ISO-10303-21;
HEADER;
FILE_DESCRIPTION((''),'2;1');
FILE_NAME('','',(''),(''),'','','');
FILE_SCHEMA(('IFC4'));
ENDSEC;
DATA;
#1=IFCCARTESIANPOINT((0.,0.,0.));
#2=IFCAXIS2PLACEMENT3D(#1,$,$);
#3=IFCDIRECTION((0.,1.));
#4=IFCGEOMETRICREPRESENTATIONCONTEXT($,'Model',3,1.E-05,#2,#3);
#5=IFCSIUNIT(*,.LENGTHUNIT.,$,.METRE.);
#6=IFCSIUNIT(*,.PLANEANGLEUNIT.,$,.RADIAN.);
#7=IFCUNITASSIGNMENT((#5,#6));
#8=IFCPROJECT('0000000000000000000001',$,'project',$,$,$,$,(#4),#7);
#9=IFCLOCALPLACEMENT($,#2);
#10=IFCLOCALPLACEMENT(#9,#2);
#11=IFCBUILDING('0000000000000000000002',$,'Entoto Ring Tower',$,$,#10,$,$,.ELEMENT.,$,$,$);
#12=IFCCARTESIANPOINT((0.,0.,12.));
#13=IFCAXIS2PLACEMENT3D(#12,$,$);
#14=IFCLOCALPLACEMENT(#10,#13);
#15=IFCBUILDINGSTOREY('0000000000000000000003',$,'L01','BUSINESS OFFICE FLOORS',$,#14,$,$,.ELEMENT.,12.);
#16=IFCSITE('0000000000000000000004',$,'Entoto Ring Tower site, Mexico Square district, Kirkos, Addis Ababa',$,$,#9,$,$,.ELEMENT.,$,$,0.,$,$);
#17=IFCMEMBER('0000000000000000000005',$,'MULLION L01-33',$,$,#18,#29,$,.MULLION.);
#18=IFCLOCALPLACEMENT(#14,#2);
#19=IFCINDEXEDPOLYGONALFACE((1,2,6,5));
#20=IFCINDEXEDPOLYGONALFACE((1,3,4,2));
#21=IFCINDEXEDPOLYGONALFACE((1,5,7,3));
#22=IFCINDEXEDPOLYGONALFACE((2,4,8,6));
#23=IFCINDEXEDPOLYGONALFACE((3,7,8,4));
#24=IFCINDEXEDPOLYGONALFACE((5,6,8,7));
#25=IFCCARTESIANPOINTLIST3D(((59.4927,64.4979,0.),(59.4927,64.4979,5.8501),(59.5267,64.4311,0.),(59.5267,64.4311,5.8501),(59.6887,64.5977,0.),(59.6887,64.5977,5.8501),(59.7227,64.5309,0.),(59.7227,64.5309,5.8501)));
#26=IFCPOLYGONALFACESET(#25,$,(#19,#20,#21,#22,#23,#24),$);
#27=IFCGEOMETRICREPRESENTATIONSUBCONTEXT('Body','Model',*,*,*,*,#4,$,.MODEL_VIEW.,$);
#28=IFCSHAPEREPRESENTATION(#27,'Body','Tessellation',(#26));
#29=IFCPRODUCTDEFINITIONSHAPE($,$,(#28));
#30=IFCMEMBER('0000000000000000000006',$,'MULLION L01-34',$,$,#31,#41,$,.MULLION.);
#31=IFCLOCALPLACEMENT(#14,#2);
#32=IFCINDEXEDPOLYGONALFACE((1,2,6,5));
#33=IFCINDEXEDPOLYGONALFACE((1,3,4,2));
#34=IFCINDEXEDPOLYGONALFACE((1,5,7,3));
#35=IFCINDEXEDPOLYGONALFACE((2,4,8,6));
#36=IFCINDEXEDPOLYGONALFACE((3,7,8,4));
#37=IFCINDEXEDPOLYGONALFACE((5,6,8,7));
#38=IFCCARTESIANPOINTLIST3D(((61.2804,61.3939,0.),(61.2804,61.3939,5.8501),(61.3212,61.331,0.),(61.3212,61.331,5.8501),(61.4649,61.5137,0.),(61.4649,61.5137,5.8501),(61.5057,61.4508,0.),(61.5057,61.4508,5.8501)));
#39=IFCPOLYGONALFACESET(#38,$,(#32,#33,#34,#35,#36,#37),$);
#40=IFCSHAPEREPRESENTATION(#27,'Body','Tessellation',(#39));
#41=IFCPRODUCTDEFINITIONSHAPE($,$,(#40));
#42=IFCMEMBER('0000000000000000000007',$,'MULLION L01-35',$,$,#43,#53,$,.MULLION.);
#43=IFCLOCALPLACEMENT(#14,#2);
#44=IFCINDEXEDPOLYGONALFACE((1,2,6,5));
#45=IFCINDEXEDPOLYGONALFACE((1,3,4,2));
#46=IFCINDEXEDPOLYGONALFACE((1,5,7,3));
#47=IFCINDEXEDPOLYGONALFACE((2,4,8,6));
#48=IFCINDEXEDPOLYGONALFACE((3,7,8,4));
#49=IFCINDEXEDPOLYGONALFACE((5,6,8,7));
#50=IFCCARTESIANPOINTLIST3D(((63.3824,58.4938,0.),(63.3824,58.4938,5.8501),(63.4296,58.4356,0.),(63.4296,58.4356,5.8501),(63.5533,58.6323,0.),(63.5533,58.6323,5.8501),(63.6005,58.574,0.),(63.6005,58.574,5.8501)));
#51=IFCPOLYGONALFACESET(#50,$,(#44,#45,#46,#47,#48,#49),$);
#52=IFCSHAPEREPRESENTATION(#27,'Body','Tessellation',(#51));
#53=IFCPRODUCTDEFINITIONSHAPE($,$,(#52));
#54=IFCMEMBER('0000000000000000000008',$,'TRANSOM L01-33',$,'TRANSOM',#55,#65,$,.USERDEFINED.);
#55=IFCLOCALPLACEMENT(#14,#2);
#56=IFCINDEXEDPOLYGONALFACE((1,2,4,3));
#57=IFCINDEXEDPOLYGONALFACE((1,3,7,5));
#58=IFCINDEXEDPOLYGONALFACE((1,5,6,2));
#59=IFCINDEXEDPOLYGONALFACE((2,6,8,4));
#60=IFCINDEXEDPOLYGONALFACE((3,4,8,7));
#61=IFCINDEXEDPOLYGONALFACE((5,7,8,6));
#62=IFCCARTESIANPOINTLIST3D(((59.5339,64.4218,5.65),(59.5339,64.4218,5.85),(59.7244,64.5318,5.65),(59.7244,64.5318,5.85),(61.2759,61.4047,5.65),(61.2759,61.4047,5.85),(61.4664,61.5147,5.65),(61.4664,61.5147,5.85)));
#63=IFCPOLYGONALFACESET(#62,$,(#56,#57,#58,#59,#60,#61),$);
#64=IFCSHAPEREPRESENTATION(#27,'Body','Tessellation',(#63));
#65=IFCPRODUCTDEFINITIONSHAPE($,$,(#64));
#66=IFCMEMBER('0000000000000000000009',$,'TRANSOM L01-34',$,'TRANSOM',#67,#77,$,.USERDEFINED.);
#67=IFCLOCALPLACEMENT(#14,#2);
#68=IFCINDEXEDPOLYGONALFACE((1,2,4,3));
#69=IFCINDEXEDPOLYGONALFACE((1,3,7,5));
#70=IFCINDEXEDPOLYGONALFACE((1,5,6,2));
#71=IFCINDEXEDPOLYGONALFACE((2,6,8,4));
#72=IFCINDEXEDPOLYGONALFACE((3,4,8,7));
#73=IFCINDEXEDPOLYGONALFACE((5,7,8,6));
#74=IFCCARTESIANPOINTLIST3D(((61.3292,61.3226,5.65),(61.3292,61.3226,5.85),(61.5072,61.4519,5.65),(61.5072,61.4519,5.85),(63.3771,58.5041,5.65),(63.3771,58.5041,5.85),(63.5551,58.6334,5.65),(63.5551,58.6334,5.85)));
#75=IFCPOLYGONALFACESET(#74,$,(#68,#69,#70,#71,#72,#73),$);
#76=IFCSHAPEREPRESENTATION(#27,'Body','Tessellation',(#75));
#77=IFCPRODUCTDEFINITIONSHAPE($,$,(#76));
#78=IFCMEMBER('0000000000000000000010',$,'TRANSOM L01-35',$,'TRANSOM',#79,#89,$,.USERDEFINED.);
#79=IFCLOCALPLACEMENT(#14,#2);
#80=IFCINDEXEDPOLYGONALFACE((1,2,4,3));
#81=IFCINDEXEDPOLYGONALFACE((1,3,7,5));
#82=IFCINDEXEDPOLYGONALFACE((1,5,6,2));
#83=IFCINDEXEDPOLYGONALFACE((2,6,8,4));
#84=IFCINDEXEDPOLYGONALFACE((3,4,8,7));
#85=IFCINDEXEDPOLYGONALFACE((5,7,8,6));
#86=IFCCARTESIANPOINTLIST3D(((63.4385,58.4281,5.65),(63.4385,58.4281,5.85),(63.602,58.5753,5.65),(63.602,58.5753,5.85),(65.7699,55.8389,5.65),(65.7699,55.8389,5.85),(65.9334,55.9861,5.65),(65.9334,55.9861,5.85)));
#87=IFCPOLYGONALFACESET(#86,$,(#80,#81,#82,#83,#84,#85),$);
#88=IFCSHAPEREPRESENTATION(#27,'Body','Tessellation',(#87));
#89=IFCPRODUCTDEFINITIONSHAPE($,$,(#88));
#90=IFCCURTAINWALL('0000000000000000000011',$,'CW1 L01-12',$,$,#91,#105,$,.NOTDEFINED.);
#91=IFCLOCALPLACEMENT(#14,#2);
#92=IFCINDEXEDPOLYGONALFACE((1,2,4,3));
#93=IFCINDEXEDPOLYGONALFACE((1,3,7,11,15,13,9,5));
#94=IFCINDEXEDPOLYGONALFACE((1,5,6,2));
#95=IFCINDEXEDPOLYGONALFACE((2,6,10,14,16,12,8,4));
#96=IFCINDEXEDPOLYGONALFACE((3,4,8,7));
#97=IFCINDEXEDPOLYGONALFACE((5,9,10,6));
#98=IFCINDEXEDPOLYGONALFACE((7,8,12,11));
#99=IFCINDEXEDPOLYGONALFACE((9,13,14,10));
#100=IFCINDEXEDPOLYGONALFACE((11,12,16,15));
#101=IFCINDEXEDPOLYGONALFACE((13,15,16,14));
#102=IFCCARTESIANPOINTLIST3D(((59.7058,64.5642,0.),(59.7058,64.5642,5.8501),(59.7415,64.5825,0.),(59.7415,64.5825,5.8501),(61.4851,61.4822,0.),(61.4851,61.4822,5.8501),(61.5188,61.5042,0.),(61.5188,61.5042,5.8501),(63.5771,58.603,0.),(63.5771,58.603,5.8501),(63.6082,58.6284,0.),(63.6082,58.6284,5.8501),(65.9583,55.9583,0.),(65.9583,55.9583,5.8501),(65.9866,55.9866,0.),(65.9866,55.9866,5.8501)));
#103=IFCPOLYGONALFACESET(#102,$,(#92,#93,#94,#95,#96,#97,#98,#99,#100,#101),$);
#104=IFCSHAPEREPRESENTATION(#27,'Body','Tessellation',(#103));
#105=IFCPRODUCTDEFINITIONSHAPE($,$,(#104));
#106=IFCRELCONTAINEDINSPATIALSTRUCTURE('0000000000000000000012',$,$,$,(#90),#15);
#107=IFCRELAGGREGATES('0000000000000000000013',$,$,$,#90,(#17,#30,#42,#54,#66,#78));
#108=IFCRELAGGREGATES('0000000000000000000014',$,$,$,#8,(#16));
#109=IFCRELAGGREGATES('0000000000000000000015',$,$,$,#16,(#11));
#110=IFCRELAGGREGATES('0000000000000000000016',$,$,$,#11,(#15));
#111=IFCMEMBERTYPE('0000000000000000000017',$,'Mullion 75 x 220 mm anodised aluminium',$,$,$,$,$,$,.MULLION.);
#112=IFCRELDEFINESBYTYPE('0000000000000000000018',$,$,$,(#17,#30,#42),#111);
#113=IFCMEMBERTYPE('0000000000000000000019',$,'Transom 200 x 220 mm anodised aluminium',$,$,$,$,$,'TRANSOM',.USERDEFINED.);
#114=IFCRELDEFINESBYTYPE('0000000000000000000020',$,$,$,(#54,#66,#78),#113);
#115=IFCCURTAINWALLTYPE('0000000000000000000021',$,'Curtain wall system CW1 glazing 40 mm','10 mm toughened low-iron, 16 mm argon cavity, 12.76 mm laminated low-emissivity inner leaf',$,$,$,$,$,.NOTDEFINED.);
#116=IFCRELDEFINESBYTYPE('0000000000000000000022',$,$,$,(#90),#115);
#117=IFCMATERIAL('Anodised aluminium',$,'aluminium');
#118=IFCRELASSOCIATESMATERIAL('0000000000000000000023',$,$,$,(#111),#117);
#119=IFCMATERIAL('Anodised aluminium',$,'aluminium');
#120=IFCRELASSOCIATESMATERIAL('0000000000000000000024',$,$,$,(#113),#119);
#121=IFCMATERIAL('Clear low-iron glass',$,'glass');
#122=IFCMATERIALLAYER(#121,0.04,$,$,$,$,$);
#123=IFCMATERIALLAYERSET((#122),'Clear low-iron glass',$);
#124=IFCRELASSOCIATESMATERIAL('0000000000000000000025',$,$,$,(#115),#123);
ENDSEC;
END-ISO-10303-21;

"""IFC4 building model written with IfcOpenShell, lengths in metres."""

from ifc_helpers import new_model, si_unit, direction, frame, origin, origin_2d, place, context, subcontext, project, spatial, polyline, rectangle, outline, extrude, material, layer, layer_set, material_profile, profile_set, type_object, element, aggregate, save


model = new_model("IFC4")

# Units and contexts
model_context = context("Model", 3, precision=1e-05, world=origin(), true_north=direction((0.0, 1.0)))
body_context = subcontext(model_context, "Body", "Model", "MODEL_VIEW")
ifc_project = project(units=[si_unit("LENGTHUNIT", "METRE"), si_unit("PLANEANGLEUNIT", "RADIAN")], contexts=[model_context])

# Members
ifc_material_1 = material(Name="Anodised aluminium", Category="aluminium")
ifc_material_profile_1 = material_profile(ifc_material_1, rectangle(XDim=0.075, YDim=0.22, at=origin_2d()), Name="Mullion 75 x 220 mm anodised aluminium")
ifc_profile_set_1 = profile_set([ifc_material_profile_1], Name="Anodised aluminium")
member_type_1 = type_object("IfcMemberType", Name="Mullion 75 x 220 mm anodised aluminium", PredefinedType="MULLION", material=ifc_profile_set_1)
site_placement = place(None, origin())
building_placement = place(site_placement, origin())
storey_placement = place(building_placement, frame((0.0, 0.0, 12.0)))
member_1_placement = place(storey_placement, frame((59.6077, 64.5144, 0.0), z_axis=(0.0, 0.0, 1.0), x_axis=(0.45399, -0.891007, 0.0)))
member_1 = element("IfcMember", 1, at=member_1_placement, type_object=member_type_1, Name="MULLION L01-33", PredefinedType="MULLION", context=body_context, shape_type="SweptSolid", body=[
    extrude(rectangle(XDim=0.075, YDim=0.22, at=origin_2d()), origin(), (0.0, 0.0, 1.0), 5.8501),
])
member_2_placement = place(storey_placement, frame((61.3931, 61.4224, 0.0), z_axis=(0.0, 0.0, 1.0), x_axis=(0.544639, -0.838671, 0.0)))
member_2 = element("IfcMember", 2, at=member_2_placement, type_object=member_type_1, Name="MULLION L01-34", PredefinedType="MULLION", context=body_context, shape_type="SweptSolid", body=[
    extrude(rectangle(XDim=0.075, YDim=0.22, at=origin_2d()), origin(), (0.0, 0.0, 1.0), 5.8501),
])
member_3_placement = place(storey_placement, frame((63.4915, 58.5339, 0.0), z_axis=(0.0, 0.0, 1.0), x_axis=(0.62932, -0.777146, 0.0)))
member_3 = element("IfcMember", 3, at=member_3_placement, type_object=member_type_1, Name="MULLION L01-35", PredefinedType="MULLION", context=body_context, shape_type="SweptSolid", body=[
    extrude(rectangle(XDim=0.075, YDim=0.22, at=origin_2d()), origin(), (0.0, 0.0, 1.0), 5.8501),
])
ifc_material_2 = material(Name="Anodised aluminium", Category="aluminium")
ifc_material_profile_2 = material_profile(ifc_material_2, rectangle(XDim=0.22, YDim=0.2, at=origin_2d()), Name="Transom 200 x 220 mm anodised aluminium")
ifc_profile_set_2 = profile_set([ifc_material_profile_2], Name="Anodised aluminium")
member_type_2 = type_object("IfcMemberType", Name="Transom 200 x 220 mm anodised aluminium", ElementType="TRANSOM", PredefinedType="USERDEFINED", material=ifc_profile_set_2)
member_4_placement = place(storey_placement, frame((59.6292, 64.4768, 5.75), z_axis=(0.500006, -0.866022, 0.0), x_axis=(0.866022, 0.500006, 0.0)))
member_4 = element("IfcMember", 4, at=member_4_placement, type_object=member_type_2, Name="TRANSOM L01-33", ObjectType="TRANSOM", PredefinedType="USERDEFINED", context=body_context, shape_type="SweptSolid", body=[
    extrude(rectangle(XDim=0.22, YDim=0.2, at=origin_2d()), origin(), (0.0, 0.0, 1.0), 3.4839),
])
member_5_placement = place(storey_placement, frame((61.4182, 61.3872, 5.75), z_axis=(0.587822, -0.808991, 0.0), x_axis=(0.808991, 0.587822, 0.0)))
member_5 = element("IfcMember", 5, at=member_5_placement, type_object=member_type_2, Name="TRANSOM L01-34", ObjectType="TRANSOM", PredefinedType="USERDEFINED", context=body_context, shape_type="SweptSolid", body=[
    extrude(rectangle(XDim=0.22, YDim=0.2, at=origin_2d()), origin(), (0.0, 0.0, 1.0), 3.4839),
])
member_6_placement = place(storey_placement, frame((63.5203, 58.5017, 5.75), z_axis=(0.669139, -0.743137, 0.0), x_axis=(0.743137, 0.669139, 0.0)))
member_6 = element("IfcMember", 6, at=member_6_placement, type_object=member_type_2, Name="TRANSOM L01-35", ObjectType="TRANSOM", PredefinedType="USERDEFINED", context=body_context, shape_type="SweptSolid", body=[
    extrude(rectangle(XDim=0.22, YDim=0.2, at=origin_2d()), origin(), (0.0, 0.0, 1.0), 3.4841),
])

# Site, building, storey
site = spatial("IfcSite", under=ifc_project, at=site_placement, Name="Entoto Ring Tower site, Mexico Square district, Kirkos, Addis Ababa", CompositionType="ELEMENT", RefElevation=0.0)
building = spatial("IfcBuilding", under=site, at=building_placement, Name="Entoto Ring Tower", CompositionType="ELEMENT")
storey = spatial("IfcBuildingStorey", under=building, at=storey_placement, Name="L01", Description="BUSINESS OFFICE FLOORS", CompositionType="ELEMENT", Elevation=12.0)

# Curtain wall
ifc_material_3 = material(Name="Clear low-iron glass", Category="glass")
ifc_layer = layer(ifc_material_3, 0.04)
ifc_layer_set = layer_set([ifc_layer], Name="Clear low-iron glass")
curtain_wall_type = type_object("IfcCurtainWallType", Name="Curtain wall system CW1 glazing 40 mm", Description="10 mm toughened low-iron, 16 mm argon cavity, 12.76 mm laminated low-emissivity inner leaf", PredefinedType="NOTDEFINED", material=ifc_layer_set)
curtain_wall_1_placement = place(storey_placement, origin())
curtain_wall_1 = element("IfcCurtainWall", 7, at=curtain_wall_1_placement, inside=storey, type_object=curtain_wall_type, Name="CW1 L01-12", PredefinedType="NOTDEFINED", context=body_context, shape_type="SweptSolid", body=[
    extrude(outline(polyline([(59.7058, 64.5642), (61.4851, 61.4822), (63.5771, 58.603), (65.9583, 55.9583), (65.9866, 55.9866), (63.6082, 58.6284), (61.5188, 61.5042), (59.7415, 64.5825), (59.7058, 64.5642)])), origin(), (0.0, 0.0, 1.0), 5.8501),
])
aggregate(curtain_wall_1, [member_1, member_2, member_3, member_4, member_5, member_6])

save(model, "model.ifc")
